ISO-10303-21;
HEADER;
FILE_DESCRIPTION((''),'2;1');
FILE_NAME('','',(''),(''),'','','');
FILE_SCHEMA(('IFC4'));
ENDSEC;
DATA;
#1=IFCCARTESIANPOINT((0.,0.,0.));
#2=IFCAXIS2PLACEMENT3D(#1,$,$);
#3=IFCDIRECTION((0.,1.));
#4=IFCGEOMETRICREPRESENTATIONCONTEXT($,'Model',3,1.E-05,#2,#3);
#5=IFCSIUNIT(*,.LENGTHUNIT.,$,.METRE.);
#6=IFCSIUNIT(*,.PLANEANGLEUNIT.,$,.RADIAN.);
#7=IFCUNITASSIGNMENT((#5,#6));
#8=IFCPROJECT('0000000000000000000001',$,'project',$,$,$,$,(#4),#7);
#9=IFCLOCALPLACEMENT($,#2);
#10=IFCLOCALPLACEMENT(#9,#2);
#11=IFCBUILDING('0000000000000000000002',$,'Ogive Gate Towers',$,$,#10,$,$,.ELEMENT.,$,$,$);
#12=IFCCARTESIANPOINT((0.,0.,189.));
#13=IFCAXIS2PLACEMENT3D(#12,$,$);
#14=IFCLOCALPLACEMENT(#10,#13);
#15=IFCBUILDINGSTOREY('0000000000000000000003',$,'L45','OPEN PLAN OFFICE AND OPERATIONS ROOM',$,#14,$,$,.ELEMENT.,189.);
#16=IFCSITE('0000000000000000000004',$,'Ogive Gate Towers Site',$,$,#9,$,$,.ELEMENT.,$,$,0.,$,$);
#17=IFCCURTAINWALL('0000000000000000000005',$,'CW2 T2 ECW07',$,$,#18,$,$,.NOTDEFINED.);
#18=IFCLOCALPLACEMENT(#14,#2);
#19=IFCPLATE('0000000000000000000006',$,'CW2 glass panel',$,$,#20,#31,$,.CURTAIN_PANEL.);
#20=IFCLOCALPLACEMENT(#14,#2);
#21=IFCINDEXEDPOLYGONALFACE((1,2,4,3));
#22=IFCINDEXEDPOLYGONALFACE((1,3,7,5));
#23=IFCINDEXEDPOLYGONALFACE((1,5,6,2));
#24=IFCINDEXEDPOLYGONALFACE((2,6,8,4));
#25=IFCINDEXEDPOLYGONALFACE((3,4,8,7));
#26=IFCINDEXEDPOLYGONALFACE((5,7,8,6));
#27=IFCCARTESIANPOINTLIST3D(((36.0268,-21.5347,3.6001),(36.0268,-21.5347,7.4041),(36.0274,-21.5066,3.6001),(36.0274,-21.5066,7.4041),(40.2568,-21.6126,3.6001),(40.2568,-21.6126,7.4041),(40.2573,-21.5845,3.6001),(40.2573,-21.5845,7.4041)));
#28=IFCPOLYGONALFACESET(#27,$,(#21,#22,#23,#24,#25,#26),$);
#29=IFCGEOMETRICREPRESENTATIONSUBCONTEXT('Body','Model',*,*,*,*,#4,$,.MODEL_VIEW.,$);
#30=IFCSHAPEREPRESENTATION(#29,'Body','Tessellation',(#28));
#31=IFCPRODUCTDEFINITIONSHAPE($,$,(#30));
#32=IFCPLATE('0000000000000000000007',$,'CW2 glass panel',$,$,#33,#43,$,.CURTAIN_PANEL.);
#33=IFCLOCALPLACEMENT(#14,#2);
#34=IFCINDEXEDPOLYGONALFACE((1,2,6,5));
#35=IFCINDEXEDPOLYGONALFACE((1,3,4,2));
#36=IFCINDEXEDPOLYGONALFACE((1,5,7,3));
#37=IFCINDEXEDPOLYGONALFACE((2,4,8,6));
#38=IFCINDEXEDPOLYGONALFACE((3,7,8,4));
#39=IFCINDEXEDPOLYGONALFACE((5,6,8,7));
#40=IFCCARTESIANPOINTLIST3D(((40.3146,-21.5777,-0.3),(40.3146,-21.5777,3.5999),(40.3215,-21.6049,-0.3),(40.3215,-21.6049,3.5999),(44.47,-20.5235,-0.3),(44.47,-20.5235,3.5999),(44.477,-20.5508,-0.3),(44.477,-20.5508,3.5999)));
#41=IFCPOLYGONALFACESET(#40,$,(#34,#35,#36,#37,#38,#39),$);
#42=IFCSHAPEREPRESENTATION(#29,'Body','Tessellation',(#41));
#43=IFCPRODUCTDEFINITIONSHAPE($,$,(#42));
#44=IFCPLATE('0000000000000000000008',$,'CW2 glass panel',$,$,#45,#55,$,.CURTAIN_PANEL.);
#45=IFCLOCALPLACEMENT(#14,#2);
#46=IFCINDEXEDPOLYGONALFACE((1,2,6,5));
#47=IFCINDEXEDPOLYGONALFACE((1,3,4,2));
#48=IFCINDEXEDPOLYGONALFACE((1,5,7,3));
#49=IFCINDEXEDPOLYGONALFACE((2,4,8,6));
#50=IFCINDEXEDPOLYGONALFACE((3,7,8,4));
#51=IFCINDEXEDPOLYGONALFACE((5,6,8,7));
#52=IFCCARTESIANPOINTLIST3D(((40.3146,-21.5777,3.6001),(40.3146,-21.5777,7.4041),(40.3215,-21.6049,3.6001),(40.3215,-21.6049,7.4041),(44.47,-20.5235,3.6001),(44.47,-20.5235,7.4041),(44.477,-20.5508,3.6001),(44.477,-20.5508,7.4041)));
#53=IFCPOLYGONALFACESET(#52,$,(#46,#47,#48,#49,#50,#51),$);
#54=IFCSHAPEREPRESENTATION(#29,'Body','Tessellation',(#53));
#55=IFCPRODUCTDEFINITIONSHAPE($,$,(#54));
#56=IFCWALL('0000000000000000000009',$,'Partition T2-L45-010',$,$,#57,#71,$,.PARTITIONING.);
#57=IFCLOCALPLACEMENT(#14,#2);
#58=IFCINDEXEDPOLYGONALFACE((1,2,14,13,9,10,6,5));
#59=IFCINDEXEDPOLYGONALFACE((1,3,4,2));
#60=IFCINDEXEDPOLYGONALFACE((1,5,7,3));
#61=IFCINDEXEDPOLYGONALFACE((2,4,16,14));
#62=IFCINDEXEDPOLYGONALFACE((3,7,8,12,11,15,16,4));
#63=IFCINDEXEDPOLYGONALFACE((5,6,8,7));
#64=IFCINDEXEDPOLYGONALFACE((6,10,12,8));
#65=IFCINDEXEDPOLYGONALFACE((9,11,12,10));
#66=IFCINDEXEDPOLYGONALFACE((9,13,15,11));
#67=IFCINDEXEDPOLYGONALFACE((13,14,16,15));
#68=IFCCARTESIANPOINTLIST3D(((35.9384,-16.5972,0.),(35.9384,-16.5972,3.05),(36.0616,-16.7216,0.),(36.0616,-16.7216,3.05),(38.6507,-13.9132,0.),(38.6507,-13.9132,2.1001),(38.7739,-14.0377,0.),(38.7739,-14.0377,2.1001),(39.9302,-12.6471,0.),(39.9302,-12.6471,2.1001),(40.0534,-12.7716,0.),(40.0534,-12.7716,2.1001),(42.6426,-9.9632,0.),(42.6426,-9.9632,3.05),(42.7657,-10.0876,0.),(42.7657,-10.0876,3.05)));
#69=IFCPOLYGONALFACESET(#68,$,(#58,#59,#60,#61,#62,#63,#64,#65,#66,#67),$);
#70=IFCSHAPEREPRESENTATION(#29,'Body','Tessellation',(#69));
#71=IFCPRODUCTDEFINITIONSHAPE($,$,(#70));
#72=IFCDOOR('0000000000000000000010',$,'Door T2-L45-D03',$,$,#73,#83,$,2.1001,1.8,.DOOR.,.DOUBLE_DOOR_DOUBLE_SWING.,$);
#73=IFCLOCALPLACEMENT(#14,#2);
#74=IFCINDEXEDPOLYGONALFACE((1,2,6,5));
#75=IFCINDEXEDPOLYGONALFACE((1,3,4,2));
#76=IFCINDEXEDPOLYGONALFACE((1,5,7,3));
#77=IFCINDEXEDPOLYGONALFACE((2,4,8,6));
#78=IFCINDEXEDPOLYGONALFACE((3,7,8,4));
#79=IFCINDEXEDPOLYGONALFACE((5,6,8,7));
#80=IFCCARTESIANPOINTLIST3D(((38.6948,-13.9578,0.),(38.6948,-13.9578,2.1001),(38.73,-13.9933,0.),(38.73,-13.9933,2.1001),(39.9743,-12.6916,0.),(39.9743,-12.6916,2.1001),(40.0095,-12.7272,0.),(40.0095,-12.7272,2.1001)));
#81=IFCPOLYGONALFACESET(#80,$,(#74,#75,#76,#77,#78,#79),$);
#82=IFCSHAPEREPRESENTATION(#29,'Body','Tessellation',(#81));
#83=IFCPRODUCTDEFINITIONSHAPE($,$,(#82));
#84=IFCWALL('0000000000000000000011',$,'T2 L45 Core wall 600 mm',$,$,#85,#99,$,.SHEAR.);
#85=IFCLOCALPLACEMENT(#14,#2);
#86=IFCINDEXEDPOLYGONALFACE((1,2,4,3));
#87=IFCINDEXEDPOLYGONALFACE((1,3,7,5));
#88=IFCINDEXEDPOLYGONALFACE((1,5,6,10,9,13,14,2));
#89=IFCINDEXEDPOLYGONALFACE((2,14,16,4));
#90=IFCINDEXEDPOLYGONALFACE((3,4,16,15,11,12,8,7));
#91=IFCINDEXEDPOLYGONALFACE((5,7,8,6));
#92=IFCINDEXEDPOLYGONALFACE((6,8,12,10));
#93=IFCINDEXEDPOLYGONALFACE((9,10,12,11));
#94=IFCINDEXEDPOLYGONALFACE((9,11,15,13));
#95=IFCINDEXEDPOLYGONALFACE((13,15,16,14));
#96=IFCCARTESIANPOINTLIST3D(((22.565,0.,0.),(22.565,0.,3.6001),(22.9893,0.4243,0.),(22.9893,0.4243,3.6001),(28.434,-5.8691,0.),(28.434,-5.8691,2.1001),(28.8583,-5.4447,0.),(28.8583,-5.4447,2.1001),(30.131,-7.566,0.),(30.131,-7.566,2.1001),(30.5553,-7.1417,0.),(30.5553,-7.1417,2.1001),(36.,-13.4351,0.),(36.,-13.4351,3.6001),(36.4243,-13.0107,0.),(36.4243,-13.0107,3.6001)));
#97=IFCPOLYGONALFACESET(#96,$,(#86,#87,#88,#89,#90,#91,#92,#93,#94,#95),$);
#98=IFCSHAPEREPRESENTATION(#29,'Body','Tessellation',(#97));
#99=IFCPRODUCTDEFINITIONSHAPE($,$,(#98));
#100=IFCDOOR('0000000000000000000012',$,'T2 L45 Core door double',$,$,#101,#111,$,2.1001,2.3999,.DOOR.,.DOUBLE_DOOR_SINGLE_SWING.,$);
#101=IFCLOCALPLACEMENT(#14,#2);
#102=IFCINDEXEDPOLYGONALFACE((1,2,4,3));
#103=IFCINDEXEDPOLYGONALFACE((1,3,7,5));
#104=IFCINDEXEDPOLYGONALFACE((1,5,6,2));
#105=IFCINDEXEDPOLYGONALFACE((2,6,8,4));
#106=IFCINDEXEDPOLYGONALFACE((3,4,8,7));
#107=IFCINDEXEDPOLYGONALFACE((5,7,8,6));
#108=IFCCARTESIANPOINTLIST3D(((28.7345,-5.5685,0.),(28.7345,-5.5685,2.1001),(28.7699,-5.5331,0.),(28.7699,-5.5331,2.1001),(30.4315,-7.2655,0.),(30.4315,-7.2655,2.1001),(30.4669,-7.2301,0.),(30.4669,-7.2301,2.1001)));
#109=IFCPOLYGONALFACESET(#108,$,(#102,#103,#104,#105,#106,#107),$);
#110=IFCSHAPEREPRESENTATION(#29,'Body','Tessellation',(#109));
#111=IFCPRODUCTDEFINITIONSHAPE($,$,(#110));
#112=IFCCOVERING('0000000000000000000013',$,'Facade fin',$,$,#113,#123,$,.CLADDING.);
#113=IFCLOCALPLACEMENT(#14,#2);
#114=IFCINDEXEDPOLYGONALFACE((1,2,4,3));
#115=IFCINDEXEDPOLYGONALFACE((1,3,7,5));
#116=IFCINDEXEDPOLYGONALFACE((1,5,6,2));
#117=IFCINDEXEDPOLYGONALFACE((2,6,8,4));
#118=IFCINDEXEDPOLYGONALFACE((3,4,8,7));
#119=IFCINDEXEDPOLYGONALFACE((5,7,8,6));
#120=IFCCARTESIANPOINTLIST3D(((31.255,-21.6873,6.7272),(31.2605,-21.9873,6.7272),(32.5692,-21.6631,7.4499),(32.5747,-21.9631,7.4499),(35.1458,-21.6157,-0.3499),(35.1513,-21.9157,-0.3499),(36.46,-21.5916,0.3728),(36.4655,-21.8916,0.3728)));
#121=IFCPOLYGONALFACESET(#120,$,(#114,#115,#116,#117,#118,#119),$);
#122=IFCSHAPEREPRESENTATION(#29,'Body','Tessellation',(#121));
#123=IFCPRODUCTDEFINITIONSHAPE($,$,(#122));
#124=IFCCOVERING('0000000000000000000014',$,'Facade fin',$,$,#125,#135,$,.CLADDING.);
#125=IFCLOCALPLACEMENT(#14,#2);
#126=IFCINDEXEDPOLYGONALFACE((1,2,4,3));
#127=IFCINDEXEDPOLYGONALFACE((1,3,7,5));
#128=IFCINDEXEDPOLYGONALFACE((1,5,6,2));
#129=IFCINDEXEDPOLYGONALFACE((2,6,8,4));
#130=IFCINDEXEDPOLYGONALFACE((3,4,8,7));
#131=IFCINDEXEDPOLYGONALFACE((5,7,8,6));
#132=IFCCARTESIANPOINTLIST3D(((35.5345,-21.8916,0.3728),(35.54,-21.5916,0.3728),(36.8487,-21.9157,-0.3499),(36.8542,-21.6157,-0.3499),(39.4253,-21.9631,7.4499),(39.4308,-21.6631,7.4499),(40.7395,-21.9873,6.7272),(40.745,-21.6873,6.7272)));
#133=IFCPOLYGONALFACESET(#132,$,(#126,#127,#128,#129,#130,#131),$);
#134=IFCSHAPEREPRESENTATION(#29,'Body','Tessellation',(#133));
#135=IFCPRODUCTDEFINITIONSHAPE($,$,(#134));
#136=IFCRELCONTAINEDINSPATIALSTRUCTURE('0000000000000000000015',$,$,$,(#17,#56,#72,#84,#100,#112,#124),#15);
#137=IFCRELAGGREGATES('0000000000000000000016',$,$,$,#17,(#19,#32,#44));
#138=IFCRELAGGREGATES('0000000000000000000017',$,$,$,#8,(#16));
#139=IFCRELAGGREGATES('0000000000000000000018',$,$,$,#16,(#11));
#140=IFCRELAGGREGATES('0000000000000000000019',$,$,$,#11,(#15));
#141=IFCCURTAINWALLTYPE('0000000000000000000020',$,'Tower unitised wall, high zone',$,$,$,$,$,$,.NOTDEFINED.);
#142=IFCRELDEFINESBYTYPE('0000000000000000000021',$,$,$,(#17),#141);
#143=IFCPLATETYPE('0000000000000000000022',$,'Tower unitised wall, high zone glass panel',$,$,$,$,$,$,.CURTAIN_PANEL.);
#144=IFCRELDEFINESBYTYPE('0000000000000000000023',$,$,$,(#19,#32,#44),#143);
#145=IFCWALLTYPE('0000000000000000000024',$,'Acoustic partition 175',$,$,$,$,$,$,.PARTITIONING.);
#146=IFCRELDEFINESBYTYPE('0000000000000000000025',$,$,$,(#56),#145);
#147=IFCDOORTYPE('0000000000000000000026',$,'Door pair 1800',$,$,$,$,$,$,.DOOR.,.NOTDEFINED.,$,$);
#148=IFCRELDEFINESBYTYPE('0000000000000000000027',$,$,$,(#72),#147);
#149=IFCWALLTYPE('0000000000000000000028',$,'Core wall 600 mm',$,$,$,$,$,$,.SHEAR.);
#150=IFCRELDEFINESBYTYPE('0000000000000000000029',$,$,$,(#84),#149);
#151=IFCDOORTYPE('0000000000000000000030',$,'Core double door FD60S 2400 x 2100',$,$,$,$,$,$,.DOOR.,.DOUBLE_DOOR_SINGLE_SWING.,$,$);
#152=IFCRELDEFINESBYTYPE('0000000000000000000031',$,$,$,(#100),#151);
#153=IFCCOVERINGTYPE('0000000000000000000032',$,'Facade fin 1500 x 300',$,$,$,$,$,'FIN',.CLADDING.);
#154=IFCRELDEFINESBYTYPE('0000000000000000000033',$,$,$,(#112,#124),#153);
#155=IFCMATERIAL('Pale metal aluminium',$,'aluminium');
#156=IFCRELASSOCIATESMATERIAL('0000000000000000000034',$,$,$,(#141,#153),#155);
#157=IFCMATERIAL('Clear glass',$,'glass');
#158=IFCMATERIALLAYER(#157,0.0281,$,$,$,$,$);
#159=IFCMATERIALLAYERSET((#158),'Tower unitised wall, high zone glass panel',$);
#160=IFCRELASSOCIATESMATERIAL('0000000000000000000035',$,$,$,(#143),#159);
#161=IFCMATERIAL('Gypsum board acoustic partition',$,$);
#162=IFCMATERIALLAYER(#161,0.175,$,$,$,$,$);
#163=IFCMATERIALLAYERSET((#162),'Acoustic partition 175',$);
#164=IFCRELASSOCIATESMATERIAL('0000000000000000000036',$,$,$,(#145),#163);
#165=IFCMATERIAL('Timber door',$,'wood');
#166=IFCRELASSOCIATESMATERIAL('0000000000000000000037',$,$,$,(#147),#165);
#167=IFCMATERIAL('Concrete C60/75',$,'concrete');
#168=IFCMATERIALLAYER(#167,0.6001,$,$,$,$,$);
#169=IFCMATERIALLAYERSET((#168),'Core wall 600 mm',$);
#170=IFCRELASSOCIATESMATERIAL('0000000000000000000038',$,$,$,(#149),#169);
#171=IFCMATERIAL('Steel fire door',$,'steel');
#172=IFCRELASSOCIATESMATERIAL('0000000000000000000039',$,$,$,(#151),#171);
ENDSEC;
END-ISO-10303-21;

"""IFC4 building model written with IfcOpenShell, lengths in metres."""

from ifc_helpers import new_model, si_unit, direction, frame, frame_2d, origin, origin_2d, place, context, subcontext, project, spatial, rectangle, extrude, material, layer, layer_set, material_profile, profile_set, type_object, element, fill, aggregate, save


model = new_model("IFC4")

# Units and contexts
model_context = context("Model", 3, precision=1e-05, world=origin(), true_north=direction((0.0, 1.0)))
body_context = subcontext(model_context, "Body", "Model", "MODEL_VIEW")
ifc_project = project(units=[si_unit("LENGTHUNIT", "METRE"), si_unit("PLANEANGLEUNIT", "RADIAN")], contexts=[model_context])

# Site, building, storey
site_placement = place(None, origin())
site = spatial("IfcSite", under=ifc_project, at=site_placement, Name="Ogive Gate Towers Site", CompositionType="ELEMENT", RefElevation=0.0)
building_placement = place(site_placement, origin())
building = spatial("IfcBuilding", under=site, at=building_placement, Name="Ogive Gate Towers", CompositionType="ELEMENT")
storey_placement = place(building_placement, frame((0.0, 0.0, 189.0)))
storey = spatial("IfcBuildingStorey", under=building, at=storey_placement, Name="L45", Description="OPEN PLAN OFFICE AND OPERATIONS ROOM", CompositionType="ELEMENT", Elevation=189.0)

# Shared definitions
ifc_material_1 = material(Name="Pale metal aluminium", Category="aluminium")
curtain_wall_type = type_object("IfcCurtainWallType", Name="Tower unitised wall, high zone", PredefinedType="NOTDEFINED", material=ifc_material_1)

# Curtain wall
curtain_wall_1_placement = place(storey_placement, origin())
curtain_wall_1 = element("IfcCurtainWall", 1, at=curtain_wall_1_placement, inside=storey, type_object=curtain_wall_type, Name="CW2 T2 ECW07", PredefinedType="NOTDEFINED")

# Plates
ifc_material_2 = material(Name="Clear glass", Category="glass")
ifc_layer_1 = layer(ifc_material_2, 0.0281)
ifc_layer_set_1 = layer_set([ifc_layer_1], Name="Tower unitised wall, high zone glass panel")
plate_type = type_object("IfcPlateType", Name="Tower unitised wall, high zone glass panel", PredefinedType="CURTAIN_PANEL", material=ifc_layer_set_1)
plate_1_placement = place(storey_placement, frame((38.1421, -21.5596, 3.6001), z_axis=(0.0, 0.0, 1.0), x_axis=(0.99983, -0.018412, 0.0)))
plate_1 = element("IfcPlate", 2, at=plate_1_placement, type_object=plate_type, Name="CW2 glass panel", PredefinedType="CURTAIN_PANEL", context=body_context, shape_type="SweptSolid", body=[
    extrude(rectangle(XDim=4.2307, YDim=0.0281, at=origin_2d()), origin(), (0.0, 0.0, 1.0), 3.804),
])
plate_2_placement = place(storey_placement, frame((42.3958, -21.0642, -0.3), z_axis=(0.0, 0.0, 1.0), x_axis=(0.9693, 0.245883, 0.0)))
plate_2 = element("IfcPlate", 3, at=plate_2_placement, type_object=plate_type, Name="CW2 glass panel", PredefinedType="CURTAIN_PANEL", context=body_context, shape_type="SweptSolid", body=[
    extrude(rectangle(XDim=4.2871, YDim=0.0281, at=origin_2d()), origin(), (0.0, 0.0, 1.0), 3.8999),
])
plate_3_placement = place(storey_placement, frame((42.3958, -21.0642, 3.6001), z_axis=(0.0, 0.0, 1.0), x_axis=(0.9693, 0.245883, 0.0)))
plate_3 = element("IfcPlate", 4, at=plate_3_placement, type_object=plate_type, Name="CW2 glass panel", PredefinedType="CURTAIN_PANEL", context=body_context, shape_type="SweptSolid", body=[
    extrude(rectangle(XDim=4.2871, YDim=0.0281, at=origin_2d()), origin(), (0.0, 0.0, 1.0), 3.804),
])
aggregate(curtain_wall_1, [plate_1, plate_2, plate_3])

# Walls, openings, doors
ifc_material_3 = material(Name="Gypsum board acoustic partition")
ifc_layer_2 = layer(ifc_material_3, 0.175)
ifc_layer_set_2 = layer_set([ifc_layer_2], Name="Acoustic partition 175")
wall_type_1 = type_object("IfcWallType", Name="Acoustic partition 175", PredefinedType="PARTITIONING", material=ifc_layer_set_2)
wall_1_placement = place(storey_placement, frame((36.0, -16.6594, 0.0), z_axis=(0.0, 0.0, 1.0), x_axis=(0.710812, 0.703382, 0.0)))
wall_1 = element("IfcWall", 5, at=wall_1_placement, inside=storey, type_object=wall_type_1, Name="Partition T2-L45-010", PredefinedType="PARTITIONING", context=body_context, shape_type="SweptSolid", body=[
    extrude(rectangle(XDim=9.4316, YDim=0.175, at=frame_2d((4.7158, 0.0))), origin(), (0.0, 0.0, 1.0), 3.05),
])
opening_1_placement = place(wall_1_placement, frame((3.8159, 0.0, 0.0)))
opening_1 = element("IfcOpeningElement", 6, at=opening_1_placement, cuts=wall_1, PredefinedType="OPENING", context=body_context, shape_type="SweptSolid", body=[
    extrude(rectangle(XDim=1.8, YDim=2.1001, at=frame_2d((0.8999, 1.05))), frame((0.0, 0.0977, 0.0), z_axis=(0.0, -1.0, 0.0), x_axis=(1.0, 0.0, 0.0)), (0.0, 0.0, 1.0), 0.1951),
])
ifc_material_4 = material(Name="Timber door", Category="wood")
door_type_1 = type_object("IfcDoorType", Name="Door pair 1800", OperationType="NOTDEFINED", PredefinedType="DOOR", material=ifc_material_4)
door_1_placement = place(opening_1_placement, origin())
door_1 = element("IfcDoor", 7, at=door_1_placement, inside=storey, type_object=door_type_1, Name="Door T2-L45-D03", OperationType="DOUBLE_DOOR_DOUBLE_SWING", OverallHeight=2.1001, OverallWidth=1.8, PredefinedType="DOOR", context=body_context, shape_type="SweptSolid", body=[
    extrude(rectangle(XDim=1.8, YDim=2.1001, at=frame_2d((0.8999, 1.05))), frame((0.0, 0.0249, 0.0), z_axis=(0.0, -1.0, 0.0), x_axis=(1.0, 0.0, 0.0)), (0.0, 0.0, 1.0), 0.05),
])
fill(opening_1, door_1)
ifc_material_5 = material(Name="Concrete C60/75", Category="concrete")
ifc_layer_3 = layer(ifc_material_5, 0.6001)
ifc_layer_set_3 = layer_set([ifc_layer_3], Name="Core wall 600 mm")
wall_type_2 = type_object("IfcWallType", Name="Core wall 600 mm", PredefinedType="SHEAR", material=ifc_layer_set_3)
wall_2_placement = place(storey_placement, frame((36.2122, -13.2229, 0.0), z_axis=(0.0, 0.0, 1.0), x_axis=(-0.707107, 0.707107, 0.0)))
wall_2 = element("IfcWall", 8, at=wall_2_placement, inside=storey, type_object=wall_type_2, Name="T2 L45 Core wall 600 mm", PredefinedType="SHEAR", context=body_context, shape_type="SweptSolid", body=[
    extrude(rectangle(XDim=19.0, YDim=0.6001, at=frame_2d((9.5, 0.0))), origin(), (0.0, 0.0, 1.0), 3.6001),
])
opening_2_placement = place(wall_2_placement, frame((8.3, 0.0, 0.0)))
opening_2 = element("IfcOpeningElement", 9, at=opening_2_placement, cuts=wall_2, PredefinedType="OPENING", context=body_context, shape_type="SweptSolid", body=[
    extrude(rectangle(XDim=2.3999, YDim=2.1001, at=frame_2d((1.2, 1.05))), frame((0.0, 0.3101, 0.0), z_axis=(0.0, -1.0, 0.0), x_axis=(1.0, 0.0, 0.0)), (0.0, 0.0, 1.0), 0.6201),
])
ifc_material_6 = material(Name="Steel fire door", Category="steel")
door_type_2 = type_object("IfcDoorType", Name="Core double door FD60S 2400 x 2100", OperationType="DOUBLE_DOOR_SINGLE_SWING", PredefinedType="DOOR", material=ifc_material_6)
door_2_placement = place(opening_2_placement, origin())
door_2 = element("IfcDoor", 10, at=door_2_placement, inside=storey, type_object=door_type_2, Name="T2 L45 Core door double", OperationType="DOUBLE_DOOR_SINGLE_SWING", OverallHeight=2.1001, OverallWidth=2.3999, PredefinedType="DOOR", context=body_context, shape_type="SweptSolid", body=[
    extrude(rectangle(XDim=2.3999, YDim=2.1001, at=frame_2d((1.2, 1.05))), frame((0.0, -0.125, 0.0), z_axis=(0.0, -1.0, 0.0), x_axis=(1.0, 0.0, 0.0)), (0.0, 0.0, 1.0), 0.05),
])
fill(opening_2, door_2)

# Coverings
ifc_material_profile_1 = material_profile(ifc_material_1, rectangle(XDim=0.3, YDim=1.5, at=origin_2d()), Name="1500 x 300 pale metal aluminium")
ifc_profile_set_1 = profile_set([ifc_material_profile_1], Name="Pale metal aluminium")
covering_type = type_object("IfcCoveringType", Name="Facade fin 1500 x 300", ElementType="FIN", PredefinedType="CLADDING", material=ifc_profile_set_1)
for number, where, z_axis, x_axis, name in (
    (11, (35.8057, -21.7537, 0.0115), (-0.481751, -0.008857, 0.876263), (0.018382, -0.999831, 0.0), "Facade fin"),
    (12, (36.1943, -21.7537, 0.0115), (0.481751, -0.008857, 0.876263), (0.018382, 0.999831, 0.0), "Facade fin"),
):
    element("IfcCovering", number, at=place(storey_placement, frame(where, z_axis=z_axis, x_axis=x_axis)), inside=storey, type_object=covering_type, Name=name, PredefinedType="CLADDING", context=body_context, shape_type="SweptSolid", body=[
        extrude(rectangle(XDim=0.3, YDim=1.5, at=origin_2d()), origin(), (0.0, 0.0, 1.0), 8.0764),
    ])

save(model, "model.ifc")
